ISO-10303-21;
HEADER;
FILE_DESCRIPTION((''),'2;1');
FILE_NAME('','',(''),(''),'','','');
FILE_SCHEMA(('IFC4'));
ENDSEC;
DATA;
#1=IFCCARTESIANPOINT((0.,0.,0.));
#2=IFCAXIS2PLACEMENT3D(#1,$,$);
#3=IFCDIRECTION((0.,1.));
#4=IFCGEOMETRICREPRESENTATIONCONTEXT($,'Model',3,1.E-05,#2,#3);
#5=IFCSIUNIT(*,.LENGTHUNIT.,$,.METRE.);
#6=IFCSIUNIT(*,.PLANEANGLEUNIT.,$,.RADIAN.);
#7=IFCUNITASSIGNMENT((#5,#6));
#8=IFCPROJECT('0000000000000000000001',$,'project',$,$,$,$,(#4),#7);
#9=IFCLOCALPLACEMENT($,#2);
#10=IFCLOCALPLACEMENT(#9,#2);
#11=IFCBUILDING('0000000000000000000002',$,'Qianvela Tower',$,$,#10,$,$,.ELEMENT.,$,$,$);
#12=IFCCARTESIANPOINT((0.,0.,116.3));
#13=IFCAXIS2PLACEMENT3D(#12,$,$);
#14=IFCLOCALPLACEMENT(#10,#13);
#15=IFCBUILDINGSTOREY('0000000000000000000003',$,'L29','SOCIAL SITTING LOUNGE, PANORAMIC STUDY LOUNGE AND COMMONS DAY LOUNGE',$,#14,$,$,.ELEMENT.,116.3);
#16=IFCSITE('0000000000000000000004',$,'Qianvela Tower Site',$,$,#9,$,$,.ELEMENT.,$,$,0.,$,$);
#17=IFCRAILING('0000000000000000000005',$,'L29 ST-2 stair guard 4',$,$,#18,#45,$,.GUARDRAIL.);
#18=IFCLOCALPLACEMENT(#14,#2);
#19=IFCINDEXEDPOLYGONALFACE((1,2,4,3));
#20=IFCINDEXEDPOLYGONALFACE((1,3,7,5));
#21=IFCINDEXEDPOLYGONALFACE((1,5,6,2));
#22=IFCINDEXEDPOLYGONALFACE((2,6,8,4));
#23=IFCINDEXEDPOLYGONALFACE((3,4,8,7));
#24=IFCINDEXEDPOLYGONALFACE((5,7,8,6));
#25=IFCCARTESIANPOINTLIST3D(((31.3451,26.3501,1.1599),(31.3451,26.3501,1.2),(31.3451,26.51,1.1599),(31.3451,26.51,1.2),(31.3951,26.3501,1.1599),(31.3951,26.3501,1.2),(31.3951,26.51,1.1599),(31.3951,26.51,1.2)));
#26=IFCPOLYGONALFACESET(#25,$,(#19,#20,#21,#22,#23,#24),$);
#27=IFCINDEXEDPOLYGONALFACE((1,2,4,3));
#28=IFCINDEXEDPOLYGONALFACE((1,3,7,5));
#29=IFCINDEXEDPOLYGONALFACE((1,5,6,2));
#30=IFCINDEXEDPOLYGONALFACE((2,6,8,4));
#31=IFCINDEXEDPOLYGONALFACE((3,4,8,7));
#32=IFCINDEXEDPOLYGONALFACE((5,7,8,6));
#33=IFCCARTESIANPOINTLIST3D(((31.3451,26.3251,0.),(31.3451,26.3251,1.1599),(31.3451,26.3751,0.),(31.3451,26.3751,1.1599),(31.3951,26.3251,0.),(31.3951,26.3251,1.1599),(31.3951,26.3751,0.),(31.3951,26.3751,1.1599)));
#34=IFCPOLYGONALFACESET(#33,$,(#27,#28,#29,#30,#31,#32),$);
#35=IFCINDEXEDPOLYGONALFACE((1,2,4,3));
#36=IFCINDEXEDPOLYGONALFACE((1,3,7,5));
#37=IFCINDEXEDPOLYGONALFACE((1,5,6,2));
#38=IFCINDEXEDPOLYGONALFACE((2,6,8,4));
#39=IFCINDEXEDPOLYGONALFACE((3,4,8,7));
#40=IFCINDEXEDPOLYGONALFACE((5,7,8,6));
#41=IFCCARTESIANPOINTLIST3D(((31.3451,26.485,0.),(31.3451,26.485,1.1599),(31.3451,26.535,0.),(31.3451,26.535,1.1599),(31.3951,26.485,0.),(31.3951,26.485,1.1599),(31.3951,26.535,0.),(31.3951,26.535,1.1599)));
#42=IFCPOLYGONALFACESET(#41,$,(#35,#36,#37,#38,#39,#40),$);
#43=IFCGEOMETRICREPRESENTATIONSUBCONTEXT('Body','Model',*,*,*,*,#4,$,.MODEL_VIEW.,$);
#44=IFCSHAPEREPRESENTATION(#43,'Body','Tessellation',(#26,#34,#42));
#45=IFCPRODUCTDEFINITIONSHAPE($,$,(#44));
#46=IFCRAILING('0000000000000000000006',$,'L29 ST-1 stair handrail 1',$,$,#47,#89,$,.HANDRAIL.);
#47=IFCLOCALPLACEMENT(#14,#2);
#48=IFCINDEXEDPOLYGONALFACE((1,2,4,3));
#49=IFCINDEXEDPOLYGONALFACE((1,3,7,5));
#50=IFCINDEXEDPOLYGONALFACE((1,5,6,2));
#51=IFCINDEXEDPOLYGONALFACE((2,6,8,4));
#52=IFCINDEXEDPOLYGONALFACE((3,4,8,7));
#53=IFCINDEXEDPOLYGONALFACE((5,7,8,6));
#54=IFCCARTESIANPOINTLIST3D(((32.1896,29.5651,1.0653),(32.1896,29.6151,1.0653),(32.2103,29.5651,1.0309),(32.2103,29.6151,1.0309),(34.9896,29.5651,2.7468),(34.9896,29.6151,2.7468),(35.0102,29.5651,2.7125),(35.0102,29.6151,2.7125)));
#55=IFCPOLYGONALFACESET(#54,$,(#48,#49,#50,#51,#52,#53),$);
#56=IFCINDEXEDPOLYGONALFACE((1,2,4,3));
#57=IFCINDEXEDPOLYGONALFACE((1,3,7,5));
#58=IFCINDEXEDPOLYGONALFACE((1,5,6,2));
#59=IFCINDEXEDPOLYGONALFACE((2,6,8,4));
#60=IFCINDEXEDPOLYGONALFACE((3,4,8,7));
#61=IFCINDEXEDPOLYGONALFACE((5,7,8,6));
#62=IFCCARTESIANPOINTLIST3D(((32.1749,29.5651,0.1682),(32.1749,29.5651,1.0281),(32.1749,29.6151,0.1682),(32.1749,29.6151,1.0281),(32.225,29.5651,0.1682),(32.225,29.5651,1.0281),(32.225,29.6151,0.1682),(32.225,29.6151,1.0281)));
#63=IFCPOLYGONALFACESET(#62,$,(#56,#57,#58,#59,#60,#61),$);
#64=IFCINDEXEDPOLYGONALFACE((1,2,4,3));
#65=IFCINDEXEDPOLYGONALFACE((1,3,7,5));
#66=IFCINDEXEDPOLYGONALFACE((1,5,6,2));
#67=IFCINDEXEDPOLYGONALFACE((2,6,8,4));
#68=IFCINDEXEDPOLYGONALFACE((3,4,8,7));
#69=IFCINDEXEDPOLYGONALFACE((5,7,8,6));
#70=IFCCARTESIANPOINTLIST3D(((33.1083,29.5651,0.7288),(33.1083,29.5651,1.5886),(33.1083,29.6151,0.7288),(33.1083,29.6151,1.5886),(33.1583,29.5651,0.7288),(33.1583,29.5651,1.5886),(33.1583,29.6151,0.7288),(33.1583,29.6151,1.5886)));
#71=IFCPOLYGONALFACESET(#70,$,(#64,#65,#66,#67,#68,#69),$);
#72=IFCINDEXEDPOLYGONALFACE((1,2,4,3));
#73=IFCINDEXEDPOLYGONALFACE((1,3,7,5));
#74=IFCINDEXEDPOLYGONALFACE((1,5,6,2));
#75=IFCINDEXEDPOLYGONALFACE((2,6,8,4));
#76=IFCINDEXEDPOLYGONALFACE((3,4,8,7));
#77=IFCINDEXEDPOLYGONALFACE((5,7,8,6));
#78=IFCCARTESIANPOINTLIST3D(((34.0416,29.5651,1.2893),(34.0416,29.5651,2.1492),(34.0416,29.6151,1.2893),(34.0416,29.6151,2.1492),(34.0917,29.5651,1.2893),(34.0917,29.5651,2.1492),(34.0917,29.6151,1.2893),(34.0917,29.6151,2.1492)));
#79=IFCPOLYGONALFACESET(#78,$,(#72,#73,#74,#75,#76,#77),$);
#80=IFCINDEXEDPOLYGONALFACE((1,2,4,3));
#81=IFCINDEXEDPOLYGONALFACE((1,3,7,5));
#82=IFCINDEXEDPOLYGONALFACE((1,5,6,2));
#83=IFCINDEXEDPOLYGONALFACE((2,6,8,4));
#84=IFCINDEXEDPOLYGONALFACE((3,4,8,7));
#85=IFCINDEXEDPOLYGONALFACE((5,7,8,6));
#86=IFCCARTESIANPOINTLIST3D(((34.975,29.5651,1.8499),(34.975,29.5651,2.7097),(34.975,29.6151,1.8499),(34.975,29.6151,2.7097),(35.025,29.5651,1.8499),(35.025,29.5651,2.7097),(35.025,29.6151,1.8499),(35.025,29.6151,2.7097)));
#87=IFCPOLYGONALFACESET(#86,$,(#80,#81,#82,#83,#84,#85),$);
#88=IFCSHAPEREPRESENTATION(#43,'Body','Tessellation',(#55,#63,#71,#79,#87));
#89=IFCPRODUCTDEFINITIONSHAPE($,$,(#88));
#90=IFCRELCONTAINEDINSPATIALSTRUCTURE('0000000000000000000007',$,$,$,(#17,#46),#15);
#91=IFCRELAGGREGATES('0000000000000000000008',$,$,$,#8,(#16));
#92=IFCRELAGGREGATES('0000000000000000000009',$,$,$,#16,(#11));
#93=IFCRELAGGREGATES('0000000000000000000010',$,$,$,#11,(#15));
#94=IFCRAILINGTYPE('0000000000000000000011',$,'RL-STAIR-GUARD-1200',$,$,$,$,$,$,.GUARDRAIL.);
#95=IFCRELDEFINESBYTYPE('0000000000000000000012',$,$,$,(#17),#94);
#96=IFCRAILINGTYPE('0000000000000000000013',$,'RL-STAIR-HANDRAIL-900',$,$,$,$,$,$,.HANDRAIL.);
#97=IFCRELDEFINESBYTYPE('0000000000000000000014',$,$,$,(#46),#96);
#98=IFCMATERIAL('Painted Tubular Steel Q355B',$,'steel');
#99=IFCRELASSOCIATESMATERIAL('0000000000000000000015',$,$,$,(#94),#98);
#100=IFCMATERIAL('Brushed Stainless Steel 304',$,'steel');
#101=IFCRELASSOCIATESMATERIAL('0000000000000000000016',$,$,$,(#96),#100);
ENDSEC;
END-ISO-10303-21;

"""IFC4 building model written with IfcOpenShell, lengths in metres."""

from ifc_helpers import new_model, si_unit, direction, frame, origin, origin_2d, place, context, subcontext, project, spatial, rectangle, extrude, material, type_object, element, save


model = new_model("IFC4")

# Units and contexts
model_context = context("Model", 3, precision=1e-05, world=origin(), true_north=direction((0.0, 1.0)))
body_context = subcontext(model_context, "Body", "Model", "MODEL_VIEW")
ifc_project = project(units=[si_unit("LENGTHUNIT", "METRE"), si_unit("PLANEANGLEUNIT", "RADIAN")], contexts=[model_context])

# Site, building, storey
site_placement = place(None, origin())
site = spatial("IfcSite", under=ifc_project, at=site_placement, Name="Qianvela Tower Site", CompositionType="ELEMENT", RefElevation=0.0)
building_placement = place(site_placement, origin())
building = spatial("IfcBuilding", under=site, at=building_placement, Name="Qianvela Tower", CompositionType="ELEMENT")
storey_placement = place(building_placement, frame((0.0, 0.0, 116.3)))
storey = spatial("IfcBuildingStorey", under=building, at=storey_placement, Name="L29", Description="SOCIAL SITTING LOUNGE, PANORAMIC STUDY LOUNGE AND COMMONS DAY LOUNGE", CompositionType="ELEMENT", Elevation=116.3)

# Railings
ifc_material_1 = material(Name="Painted Tubular Steel Q355B", Category="steel")
railing_type_1 = type_object("IfcRailingType", Name="RL-STAIR-GUARD-1200", PredefinedType="GUARDRAIL", material=ifc_material_1)
railing_1_placement = place(storey_placement, frame((31.3701, 26.3501, 0.0)))
element("IfcRailing", 1, at=railing_1_placement, inside=storey, type_object=railing_type_1, Name="L29 ST-2 stair guard 4", PredefinedType="GUARDRAIL", context=body_context, shape_type="SweptSolid", body=[
    extrude(rectangle(XDim=0.05, YDim=0.04, at=origin_2d()), frame((0.0, 0.0, 1.1799), z_axis=(0.0, 1.0, 0.0), x_axis=(-1.0, 0.0, 0.0)), (0.0, 0.0, 1.0), 0.1599),
    extrude(rectangle(XDim=0.05, YDim=0.05, at=origin_2d()), origin(), (0.0, 0.0, 1.0), 1.1599),
    extrude(rectangle(XDim=0.05, YDim=0.05, at=origin_2d()), frame((0.0, 0.1599, 0.0)), (0.0, 0.0, 1.0), 1.1599),
])
ifc_material_2 = material(Name="Brushed Stainless Steel 304", Category="steel")
railing_type_2 = type_object("IfcRailingType", Name="RL-STAIR-HANDRAIL-900", PredefinedType="HANDRAIL", material=ifc_material_2)
railing_2_placement = place(storey_placement, frame((32.2, 29.5901, 0.1682)))
element("IfcRailing", 2, at=railing_2_placement, inside=storey, type_object=railing_type_2, Name="L29 ST-1 stair handrail 1", PredefinedType="HANDRAIL", context=body_context, shape_type="SweptSolid", body=[
    extrude(rectangle(XDim=0.05, YDim=0.04, at=origin_2d()), frame((0.0, 0.0, 0.8799), z_axis=(0.857275, 0.0, 0.514858), x_axis=(0.0, 1.0, 0.0)), (0.0, 0.0, 1.0), 3.2661),
    extrude(rectangle(XDim=0.05, YDim=0.05, at=origin_2d()), origin(), (0.0, 0.0, 1.0), 0.8599),
    extrude(rectangle(XDim=0.05, YDim=0.05, at=origin_2d()), frame((0.9333, 0.0, 0.5605)), (0.0, 0.0, 1.0), 0.8599),
    extrude(rectangle(XDim=0.05, YDim=0.05, at=origin_2d()), frame((1.8667, 0.0, 1.1211)), (0.0, 0.0, 1.0), 0.8599),
    extrude(rectangle(XDim=0.05, YDim=0.05, at=origin_2d()), frame((2.8, 0.0, 1.6816)), (0.0, 0.0, 1.0), 0.8599),
])

save(model, "model.ifc")
